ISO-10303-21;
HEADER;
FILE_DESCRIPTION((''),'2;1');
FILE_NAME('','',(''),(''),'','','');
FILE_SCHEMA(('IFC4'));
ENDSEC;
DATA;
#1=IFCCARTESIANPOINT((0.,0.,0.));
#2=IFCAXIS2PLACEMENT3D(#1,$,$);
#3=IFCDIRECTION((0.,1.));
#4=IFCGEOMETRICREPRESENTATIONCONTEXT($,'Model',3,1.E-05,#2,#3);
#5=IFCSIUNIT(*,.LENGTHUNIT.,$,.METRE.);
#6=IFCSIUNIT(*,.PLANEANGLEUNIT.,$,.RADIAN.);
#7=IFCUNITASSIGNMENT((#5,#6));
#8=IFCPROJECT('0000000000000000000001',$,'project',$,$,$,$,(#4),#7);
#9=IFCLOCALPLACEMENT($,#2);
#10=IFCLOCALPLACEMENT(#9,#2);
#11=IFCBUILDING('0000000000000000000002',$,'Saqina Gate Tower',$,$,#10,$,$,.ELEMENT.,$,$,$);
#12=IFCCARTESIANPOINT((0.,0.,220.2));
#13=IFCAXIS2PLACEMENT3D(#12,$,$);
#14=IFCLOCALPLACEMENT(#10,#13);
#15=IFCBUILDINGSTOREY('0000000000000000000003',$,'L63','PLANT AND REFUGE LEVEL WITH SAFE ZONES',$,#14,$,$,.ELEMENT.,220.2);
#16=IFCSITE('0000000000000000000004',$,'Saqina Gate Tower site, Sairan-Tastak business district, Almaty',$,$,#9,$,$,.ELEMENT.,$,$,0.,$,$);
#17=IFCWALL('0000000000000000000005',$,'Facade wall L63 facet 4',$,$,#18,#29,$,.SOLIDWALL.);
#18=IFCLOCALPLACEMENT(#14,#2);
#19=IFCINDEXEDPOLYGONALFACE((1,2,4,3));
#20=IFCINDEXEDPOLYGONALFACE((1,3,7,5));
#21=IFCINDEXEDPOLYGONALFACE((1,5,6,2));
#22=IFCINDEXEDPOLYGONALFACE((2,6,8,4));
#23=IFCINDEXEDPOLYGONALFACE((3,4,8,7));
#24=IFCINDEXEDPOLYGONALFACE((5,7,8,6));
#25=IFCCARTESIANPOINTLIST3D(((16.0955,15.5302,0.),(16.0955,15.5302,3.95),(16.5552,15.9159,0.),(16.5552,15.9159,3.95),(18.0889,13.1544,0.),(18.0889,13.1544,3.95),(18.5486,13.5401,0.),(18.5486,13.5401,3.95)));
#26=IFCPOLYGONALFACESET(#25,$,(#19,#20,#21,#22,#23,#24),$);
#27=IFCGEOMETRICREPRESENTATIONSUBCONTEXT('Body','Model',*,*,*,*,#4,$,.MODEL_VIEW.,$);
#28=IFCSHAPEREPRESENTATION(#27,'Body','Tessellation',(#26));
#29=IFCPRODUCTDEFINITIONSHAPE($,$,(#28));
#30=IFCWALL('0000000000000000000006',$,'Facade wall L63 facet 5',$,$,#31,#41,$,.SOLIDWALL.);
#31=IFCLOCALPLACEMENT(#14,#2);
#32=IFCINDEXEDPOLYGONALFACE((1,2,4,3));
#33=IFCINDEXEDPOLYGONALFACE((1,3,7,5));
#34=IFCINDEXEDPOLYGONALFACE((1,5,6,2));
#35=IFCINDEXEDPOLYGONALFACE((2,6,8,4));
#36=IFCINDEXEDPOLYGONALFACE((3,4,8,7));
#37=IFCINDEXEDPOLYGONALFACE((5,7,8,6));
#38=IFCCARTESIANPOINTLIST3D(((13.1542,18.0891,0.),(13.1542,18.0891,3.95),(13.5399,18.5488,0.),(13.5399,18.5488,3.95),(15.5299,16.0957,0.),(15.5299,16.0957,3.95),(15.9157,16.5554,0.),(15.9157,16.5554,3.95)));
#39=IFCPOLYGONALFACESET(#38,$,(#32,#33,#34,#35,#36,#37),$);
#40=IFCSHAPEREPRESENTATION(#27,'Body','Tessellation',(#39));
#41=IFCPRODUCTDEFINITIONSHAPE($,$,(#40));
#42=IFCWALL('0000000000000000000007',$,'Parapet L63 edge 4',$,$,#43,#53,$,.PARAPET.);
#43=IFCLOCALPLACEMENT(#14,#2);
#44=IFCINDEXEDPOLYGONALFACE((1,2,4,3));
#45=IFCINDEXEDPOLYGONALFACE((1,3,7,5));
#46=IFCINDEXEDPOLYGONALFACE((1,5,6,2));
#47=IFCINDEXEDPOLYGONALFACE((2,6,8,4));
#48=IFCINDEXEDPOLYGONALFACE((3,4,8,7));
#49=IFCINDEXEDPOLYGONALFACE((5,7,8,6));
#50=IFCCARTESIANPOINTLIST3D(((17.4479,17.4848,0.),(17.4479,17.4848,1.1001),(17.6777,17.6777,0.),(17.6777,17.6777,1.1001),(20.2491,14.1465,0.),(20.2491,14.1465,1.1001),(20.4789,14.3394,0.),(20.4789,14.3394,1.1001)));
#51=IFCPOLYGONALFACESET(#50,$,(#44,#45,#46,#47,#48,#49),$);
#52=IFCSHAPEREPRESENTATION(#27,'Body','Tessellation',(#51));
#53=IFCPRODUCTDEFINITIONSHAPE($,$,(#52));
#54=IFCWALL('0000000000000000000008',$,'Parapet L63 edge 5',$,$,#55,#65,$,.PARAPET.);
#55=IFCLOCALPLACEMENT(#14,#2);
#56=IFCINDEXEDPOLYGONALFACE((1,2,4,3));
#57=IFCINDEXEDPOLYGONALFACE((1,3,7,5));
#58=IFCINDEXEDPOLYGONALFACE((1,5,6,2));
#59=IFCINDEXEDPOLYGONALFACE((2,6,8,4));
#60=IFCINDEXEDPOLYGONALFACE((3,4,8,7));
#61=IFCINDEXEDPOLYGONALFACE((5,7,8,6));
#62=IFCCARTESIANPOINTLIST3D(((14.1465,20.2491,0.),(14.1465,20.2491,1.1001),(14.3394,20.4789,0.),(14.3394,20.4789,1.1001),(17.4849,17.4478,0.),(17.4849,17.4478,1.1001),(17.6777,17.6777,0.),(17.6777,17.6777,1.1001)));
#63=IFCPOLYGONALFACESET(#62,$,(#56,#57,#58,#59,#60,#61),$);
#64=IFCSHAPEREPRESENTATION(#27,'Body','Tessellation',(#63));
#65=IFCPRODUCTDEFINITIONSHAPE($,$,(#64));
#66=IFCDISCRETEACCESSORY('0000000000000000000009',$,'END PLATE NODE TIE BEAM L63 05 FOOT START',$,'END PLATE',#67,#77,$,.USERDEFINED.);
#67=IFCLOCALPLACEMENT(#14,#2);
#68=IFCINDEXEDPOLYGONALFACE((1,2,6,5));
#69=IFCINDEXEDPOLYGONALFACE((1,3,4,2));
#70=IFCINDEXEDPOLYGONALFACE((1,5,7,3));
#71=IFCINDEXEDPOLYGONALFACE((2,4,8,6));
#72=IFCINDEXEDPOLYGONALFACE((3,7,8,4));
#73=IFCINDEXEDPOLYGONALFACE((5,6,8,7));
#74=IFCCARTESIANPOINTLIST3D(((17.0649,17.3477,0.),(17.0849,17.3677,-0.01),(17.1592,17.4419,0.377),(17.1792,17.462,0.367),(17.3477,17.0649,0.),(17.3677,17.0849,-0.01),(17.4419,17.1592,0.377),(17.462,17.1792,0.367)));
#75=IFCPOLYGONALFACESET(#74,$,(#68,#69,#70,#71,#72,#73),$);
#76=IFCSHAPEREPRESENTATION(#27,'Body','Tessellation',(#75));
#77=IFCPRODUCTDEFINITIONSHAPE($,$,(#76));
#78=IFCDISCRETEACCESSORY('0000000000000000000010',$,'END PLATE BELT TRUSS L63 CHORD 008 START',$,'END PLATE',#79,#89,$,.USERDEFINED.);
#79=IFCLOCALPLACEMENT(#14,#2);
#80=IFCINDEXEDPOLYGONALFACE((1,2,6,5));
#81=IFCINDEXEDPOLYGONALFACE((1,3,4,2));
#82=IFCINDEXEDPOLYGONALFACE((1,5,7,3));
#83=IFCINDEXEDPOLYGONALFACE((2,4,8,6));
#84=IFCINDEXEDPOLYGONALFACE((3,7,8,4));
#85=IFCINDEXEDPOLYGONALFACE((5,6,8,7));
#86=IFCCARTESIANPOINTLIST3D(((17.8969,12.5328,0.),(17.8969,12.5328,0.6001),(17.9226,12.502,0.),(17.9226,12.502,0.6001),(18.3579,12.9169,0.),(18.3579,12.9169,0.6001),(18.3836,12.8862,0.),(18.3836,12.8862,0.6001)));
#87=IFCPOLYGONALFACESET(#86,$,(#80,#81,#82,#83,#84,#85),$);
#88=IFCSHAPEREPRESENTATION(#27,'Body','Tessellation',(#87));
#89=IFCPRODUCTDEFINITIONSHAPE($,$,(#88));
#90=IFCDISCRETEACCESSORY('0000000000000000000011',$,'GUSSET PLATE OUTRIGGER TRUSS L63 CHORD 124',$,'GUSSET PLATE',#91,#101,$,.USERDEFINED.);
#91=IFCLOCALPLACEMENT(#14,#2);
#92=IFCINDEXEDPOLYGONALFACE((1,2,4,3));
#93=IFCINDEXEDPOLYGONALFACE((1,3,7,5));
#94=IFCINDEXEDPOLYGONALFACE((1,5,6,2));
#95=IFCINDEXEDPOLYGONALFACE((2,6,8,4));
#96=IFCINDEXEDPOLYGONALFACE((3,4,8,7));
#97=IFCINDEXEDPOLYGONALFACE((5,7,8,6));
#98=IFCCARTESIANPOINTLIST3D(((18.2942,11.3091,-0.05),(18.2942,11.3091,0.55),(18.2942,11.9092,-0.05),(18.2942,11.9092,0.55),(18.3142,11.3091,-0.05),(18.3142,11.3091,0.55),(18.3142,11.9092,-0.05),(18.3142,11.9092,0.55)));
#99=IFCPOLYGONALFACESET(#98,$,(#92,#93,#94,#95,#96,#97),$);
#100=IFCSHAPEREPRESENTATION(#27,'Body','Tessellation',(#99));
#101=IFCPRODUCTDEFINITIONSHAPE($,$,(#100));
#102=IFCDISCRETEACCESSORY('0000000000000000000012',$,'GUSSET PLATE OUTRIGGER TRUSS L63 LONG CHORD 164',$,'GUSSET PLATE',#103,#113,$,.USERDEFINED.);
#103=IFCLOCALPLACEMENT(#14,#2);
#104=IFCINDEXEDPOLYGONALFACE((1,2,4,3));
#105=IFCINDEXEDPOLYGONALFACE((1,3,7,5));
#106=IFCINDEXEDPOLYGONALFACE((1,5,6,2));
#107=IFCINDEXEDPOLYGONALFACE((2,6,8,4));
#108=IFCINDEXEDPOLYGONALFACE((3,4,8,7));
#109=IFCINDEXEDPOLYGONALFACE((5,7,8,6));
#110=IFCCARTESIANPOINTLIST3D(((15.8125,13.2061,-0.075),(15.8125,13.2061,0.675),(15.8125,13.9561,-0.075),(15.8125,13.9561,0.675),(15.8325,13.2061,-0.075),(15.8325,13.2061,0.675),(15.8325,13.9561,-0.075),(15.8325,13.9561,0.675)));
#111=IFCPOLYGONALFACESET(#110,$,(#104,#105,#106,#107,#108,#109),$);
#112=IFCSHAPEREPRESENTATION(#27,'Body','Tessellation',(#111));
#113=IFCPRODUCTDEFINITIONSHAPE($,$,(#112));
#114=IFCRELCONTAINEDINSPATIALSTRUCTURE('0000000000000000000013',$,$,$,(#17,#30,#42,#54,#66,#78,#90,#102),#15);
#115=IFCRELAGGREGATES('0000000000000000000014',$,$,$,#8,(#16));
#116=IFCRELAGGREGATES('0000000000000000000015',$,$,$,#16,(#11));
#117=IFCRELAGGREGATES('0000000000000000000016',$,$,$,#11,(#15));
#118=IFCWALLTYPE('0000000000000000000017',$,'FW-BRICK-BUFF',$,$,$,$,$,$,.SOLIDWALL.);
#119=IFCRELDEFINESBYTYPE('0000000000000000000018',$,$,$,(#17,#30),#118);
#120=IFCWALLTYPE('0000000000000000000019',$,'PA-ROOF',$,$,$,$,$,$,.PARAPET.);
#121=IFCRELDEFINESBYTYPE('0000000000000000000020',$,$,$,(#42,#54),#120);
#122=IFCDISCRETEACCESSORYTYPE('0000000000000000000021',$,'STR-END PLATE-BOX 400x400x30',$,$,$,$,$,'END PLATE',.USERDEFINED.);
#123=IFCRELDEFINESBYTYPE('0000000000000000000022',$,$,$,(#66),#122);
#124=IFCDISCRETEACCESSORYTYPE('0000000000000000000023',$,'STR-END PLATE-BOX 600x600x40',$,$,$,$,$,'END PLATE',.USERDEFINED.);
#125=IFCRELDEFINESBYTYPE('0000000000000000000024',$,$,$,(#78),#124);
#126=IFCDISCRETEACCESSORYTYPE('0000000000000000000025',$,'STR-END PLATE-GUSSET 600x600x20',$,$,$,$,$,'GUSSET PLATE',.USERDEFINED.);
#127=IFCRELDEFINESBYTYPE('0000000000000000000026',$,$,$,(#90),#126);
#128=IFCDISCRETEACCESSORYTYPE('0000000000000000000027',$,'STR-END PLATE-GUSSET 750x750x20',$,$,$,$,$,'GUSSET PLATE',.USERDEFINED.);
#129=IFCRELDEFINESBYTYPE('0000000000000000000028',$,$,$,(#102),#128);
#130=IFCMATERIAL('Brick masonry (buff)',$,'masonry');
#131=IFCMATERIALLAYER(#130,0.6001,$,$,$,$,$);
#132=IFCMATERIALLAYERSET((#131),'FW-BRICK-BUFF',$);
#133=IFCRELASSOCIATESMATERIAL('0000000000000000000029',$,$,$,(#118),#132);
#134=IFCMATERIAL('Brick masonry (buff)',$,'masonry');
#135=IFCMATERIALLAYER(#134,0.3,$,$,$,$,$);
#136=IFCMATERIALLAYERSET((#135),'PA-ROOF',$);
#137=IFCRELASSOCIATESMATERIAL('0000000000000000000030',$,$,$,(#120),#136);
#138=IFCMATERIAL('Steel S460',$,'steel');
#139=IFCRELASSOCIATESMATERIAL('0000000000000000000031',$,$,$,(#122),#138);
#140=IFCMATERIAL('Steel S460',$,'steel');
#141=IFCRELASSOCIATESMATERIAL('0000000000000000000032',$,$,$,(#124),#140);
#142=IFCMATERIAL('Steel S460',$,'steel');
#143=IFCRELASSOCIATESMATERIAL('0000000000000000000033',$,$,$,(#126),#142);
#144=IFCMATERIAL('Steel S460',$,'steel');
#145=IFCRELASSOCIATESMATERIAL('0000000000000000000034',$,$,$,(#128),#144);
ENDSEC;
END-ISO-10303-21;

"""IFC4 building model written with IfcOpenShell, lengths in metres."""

from ifc_helpers import new_model, si_unit, direction, frame, frame_2d, origin, origin_2d, place, context, subcontext, project, spatial, rectangle, extrude, material, layer, layer_set, material_profile, profile_set, type_object, element, save


model = new_model("IFC4")

# Units and contexts
model_context = context("Model", 3, precision=1e-05, world=origin(), true_north=direction((0.0, 1.0)))
body_context = subcontext(model_context, "Body", "Model", "MODEL_VIEW")
ifc_project = project(units=[si_unit("LENGTHUNIT", "METRE"), si_unit("PLANEANGLEUNIT", "RADIAN")], contexts=[model_context])

# Site, building, storey
site_placement = place(None, origin())
site = spatial("IfcSite", under=ifc_project, at=site_placement, Name="Saqina Gate Tower site, Sairan-Tastak business district, Almaty", CompositionType="ELEMENT", RefElevation=0.0)
building_placement = place(site_placement, origin())
building = spatial("IfcBuilding", under=site, at=building_placement, Name="Saqina Gate Tower", CompositionType="ELEMENT")
storey_placement = place(building_placement, frame((0.0, 0.0, 220.2)))
storey = spatial("IfcBuildingStorey", under=building, at=storey_placement, Name="L63", Description="PLANT AND REFUGE LEVEL WITH SAFE ZONES", CompositionType="ELEMENT", Elevation=220.2)

# Walls
ifc_material_1 = material(Name="Brick masonry (buff)", Category="masonry")
ifc_layer_1 = layer(ifc_material_1, 0.6001)
ifc_layer_set_1 = layer_set([ifc_layer_1], Name="FW-BRICK-BUFF")
wall_type_1 = type_object("IfcWallType", Name="FW-BRICK-BUFF", PredefinedType="SOLIDWALL", material=ifc_layer_set_1)
for number, where, z_axis, x_axis, name in (
    (1, (18.3188, 13.3472, 0.0), (0.0, 0.0, 1.0), (-0.642775, 0.766055, 0.0), "Facade wall L63 facet 4"),
    (2, (15.7229, 16.3254, 0.0), (0.0, 0.0, 1.0), (-0.766055, 0.642775, 0.0), "Facade wall L63 facet 5"),
):
    element("IfcWall", number, at=place(storey_placement, frame(where, z_axis=z_axis, x_axis=x_axis)), inside=storey, type_object=wall_type_1, Name=name, PredefinedType="SOLIDWALL", context=body_context, shape_type="SweptSolid", body=[
        extrude(rectangle(XDim=3.1013, YDim=0.6001, at=frame_2d((1.5508, 0.0))), origin(), (0.0, 0.0, 1.0), 3.95),
    ])
ifc_material_2 = material(Name="Brick masonry (buff)", Category="masonry")
ifc_layer_2 = layer(ifc_material_2, 0.3)
ifc_layer_set_2 = layer_set([ifc_layer_2], Name="PA-ROOF")
wall_type_2 = type_object("IfcWallType", Name="PA-ROOF", PredefinedType="PARAPET", material=ifc_layer_set_2)
for number, where, z_axis, x_axis, name in (
    (3, (20.364, 14.2429, 0.0), (0.0, 0.0, 1.0), (-0.642793, 0.76604, 0.0), "Parapet L63 edge 4"),
    (4, (17.5813, 17.5627, 0.0), (0.0, 0.0, 1.0), (-0.76604, 0.642793, 0.0), "Parapet L63 edge 5"),
):
    element("IfcWall", number, at=place(storey_placement, frame(where, z_axis=z_axis, x_axis=x_axis)), inside=storey, type_object=wall_type_2, Name=name, PredefinedType="PARAPET", context=body_context, shape_type="SweptSolid", body=[
        extrude(rectangle(XDim=4.3579, YDim=0.3, at=frame_2d((2.179, 0.0))), origin(), (0.0, 0.0, 1.0), 1.1001),
    ])

# Discrete accessories
ifc_material_3 = material(Name="Steel S460", Category="steel")
ifc_material_profile_1 = material_profile(ifc_material_3, rectangle(XDim=0.3999, YDim=0.3999, at=origin_2d()), Name="STR-END PLATE-BOX 400x400x30")
ifc_profile_set_1 = profile_set([ifc_material_profile_1], Name="Steel S460")
discrete_accessory_type_1 = type_object("IfcDiscreteAccessoryType", Name="STR-END PLATE-BOX 400x400x30", ElementType="END PLATE", PredefinedType="USERDEFINED", material=ifc_profile_set_1)
discrete_accessory_1_placement = place(storey_placement, frame((17.2534, 17.2534, 0.1885), z_axis=(0.666667, 0.666667, -0.333333), x_axis=(0.707107, -0.707107, 0.0)))
element("IfcDiscreteAccessory", 5, at=discrete_accessory_1_placement, inside=storey, type_object=discrete_accessory_type_1, Name="END PLATE NODE TIE BEAM L63 05 FOOT START", ObjectType="END PLATE", PredefinedType="USERDEFINED", context=body_context, shape_type="SweptSolid", body=[
    extrude(rectangle(XDim=0.3999, YDim=0.3999, at=origin_2d()), origin(), (0.0, 0.0, 1.0), 0.03),
])
ifc_material_4 = material(Name="Steel S460", Category="steel")
ifc_material_profile_2 = material_profile(ifc_material_4, rectangle(XDim=0.6001, YDim=0.6001, at=origin_2d()), Name="STR-END PLATE-BOX 600x600x40")
ifc_profile_set_2 = profile_set([ifc_material_profile_2], Name="Steel S460")
discrete_accessory_type_2 = type_object("IfcDiscreteAccessoryType", Name="STR-END PLATE-BOX 600x600x40", ElementType="END PLATE", PredefinedType="USERDEFINED", material=ifc_profile_set_2)
discrete_accessory_2_placement = place(storey_placement, frame((18.1274, 12.7249, 0.3), z_axis=(0.640184, -0.768221, 0.0), x_axis=(-0.768221, -0.640184, 0.0)))
element("IfcDiscreteAccessory", 6, at=discrete_accessory_2_placement, inside=storey, type_object=discrete_accessory_type_2, Name="END PLATE BELT TRUSS L63 CHORD 008 START", ObjectType="END PLATE", PredefinedType="USERDEFINED", context=body_context, shape_type="SweptSolid", body=[
    extrude(rectangle(XDim=0.6001, YDim=0.6001, at=origin_2d()), origin(), (0.0, 0.0, 1.0), 0.04),
])
ifc_material_5 = material(Name="Steel S460", Category="steel")
ifc_material_profile_3 = material_profile(ifc_material_5, rectangle(XDim=0.6001, YDim=0.6001, at=origin_2d()), Name="STR-END PLATE-GUSSET 600x600x20")
ifc_profile_set_3 = profile_set([ifc_material_profile_3], Name="Steel S460")
discrete_accessory_type_3 = type_object("IfcDiscreteAccessoryType", Name="STR-END PLATE-GUSSET 600x600x20", ElementType="GUSSET PLATE", PredefinedType="USERDEFINED", material=ifc_profile_set_3)
discrete_accessory_3_placement = place(storey_placement, frame((18.2942, 11.6091, 0.25), z_axis=(1.0, 0.0, 0.0), x_axis=(0.0, 1.0, 0.0)))
element("IfcDiscreteAccessory", 7, at=discrete_accessory_3_placement, inside=storey, type_object=discrete_accessory_type_3, Name="GUSSET PLATE OUTRIGGER TRUSS L63 CHORD 124", ObjectType="GUSSET PLATE", PredefinedType="USERDEFINED", context=body_context, shape_type="SweptSolid", body=[
    extrude(rectangle(XDim=0.6001, YDim=0.6001, at=origin_2d()), origin(), (0.0, 0.0, 1.0), 0.02),
])
ifc_material_6 = material(Name="Steel S460", Category="steel")
ifc_material_profile_4 = material_profile(ifc_material_6, rectangle(XDim=0.75, YDim=0.75, at=origin_2d()), Name="STR-END PLATE-GUSSET 750x750x20")
ifc_profile_set_4 = profile_set([ifc_material_profile_4], Name="Steel S460")
discrete_accessory_type_4 = type_object("IfcDiscreteAccessoryType", Name="STR-END PLATE-GUSSET 750x750x20", ElementType="GUSSET PLATE", PredefinedType="USERDEFINED", material=ifc_profile_set_4)
discrete_accessory_4_placement = place(storey_placement, frame((15.8125, 13.5811, 0.3), z_axis=(1.0, 0.0, 0.0), x_axis=(0.0, 1.0, 0.0)))
element("IfcDiscreteAccessory", 8, at=discrete_accessory_4_placement, inside=storey, type_object=discrete_accessory_type_4, Name="GUSSET PLATE OUTRIGGER TRUSS L63 LONG CHORD 164", ObjectType="GUSSET PLATE", PredefinedType="USERDEFINED", context=body_context, shape_type="SweptSolid", body=[
    extrude(rectangle(XDim=0.75, YDim=0.75, at=origin_2d()), origin(), (0.0, 0.0, 1.0), 0.02),
])

save(model, "model.ifc")
